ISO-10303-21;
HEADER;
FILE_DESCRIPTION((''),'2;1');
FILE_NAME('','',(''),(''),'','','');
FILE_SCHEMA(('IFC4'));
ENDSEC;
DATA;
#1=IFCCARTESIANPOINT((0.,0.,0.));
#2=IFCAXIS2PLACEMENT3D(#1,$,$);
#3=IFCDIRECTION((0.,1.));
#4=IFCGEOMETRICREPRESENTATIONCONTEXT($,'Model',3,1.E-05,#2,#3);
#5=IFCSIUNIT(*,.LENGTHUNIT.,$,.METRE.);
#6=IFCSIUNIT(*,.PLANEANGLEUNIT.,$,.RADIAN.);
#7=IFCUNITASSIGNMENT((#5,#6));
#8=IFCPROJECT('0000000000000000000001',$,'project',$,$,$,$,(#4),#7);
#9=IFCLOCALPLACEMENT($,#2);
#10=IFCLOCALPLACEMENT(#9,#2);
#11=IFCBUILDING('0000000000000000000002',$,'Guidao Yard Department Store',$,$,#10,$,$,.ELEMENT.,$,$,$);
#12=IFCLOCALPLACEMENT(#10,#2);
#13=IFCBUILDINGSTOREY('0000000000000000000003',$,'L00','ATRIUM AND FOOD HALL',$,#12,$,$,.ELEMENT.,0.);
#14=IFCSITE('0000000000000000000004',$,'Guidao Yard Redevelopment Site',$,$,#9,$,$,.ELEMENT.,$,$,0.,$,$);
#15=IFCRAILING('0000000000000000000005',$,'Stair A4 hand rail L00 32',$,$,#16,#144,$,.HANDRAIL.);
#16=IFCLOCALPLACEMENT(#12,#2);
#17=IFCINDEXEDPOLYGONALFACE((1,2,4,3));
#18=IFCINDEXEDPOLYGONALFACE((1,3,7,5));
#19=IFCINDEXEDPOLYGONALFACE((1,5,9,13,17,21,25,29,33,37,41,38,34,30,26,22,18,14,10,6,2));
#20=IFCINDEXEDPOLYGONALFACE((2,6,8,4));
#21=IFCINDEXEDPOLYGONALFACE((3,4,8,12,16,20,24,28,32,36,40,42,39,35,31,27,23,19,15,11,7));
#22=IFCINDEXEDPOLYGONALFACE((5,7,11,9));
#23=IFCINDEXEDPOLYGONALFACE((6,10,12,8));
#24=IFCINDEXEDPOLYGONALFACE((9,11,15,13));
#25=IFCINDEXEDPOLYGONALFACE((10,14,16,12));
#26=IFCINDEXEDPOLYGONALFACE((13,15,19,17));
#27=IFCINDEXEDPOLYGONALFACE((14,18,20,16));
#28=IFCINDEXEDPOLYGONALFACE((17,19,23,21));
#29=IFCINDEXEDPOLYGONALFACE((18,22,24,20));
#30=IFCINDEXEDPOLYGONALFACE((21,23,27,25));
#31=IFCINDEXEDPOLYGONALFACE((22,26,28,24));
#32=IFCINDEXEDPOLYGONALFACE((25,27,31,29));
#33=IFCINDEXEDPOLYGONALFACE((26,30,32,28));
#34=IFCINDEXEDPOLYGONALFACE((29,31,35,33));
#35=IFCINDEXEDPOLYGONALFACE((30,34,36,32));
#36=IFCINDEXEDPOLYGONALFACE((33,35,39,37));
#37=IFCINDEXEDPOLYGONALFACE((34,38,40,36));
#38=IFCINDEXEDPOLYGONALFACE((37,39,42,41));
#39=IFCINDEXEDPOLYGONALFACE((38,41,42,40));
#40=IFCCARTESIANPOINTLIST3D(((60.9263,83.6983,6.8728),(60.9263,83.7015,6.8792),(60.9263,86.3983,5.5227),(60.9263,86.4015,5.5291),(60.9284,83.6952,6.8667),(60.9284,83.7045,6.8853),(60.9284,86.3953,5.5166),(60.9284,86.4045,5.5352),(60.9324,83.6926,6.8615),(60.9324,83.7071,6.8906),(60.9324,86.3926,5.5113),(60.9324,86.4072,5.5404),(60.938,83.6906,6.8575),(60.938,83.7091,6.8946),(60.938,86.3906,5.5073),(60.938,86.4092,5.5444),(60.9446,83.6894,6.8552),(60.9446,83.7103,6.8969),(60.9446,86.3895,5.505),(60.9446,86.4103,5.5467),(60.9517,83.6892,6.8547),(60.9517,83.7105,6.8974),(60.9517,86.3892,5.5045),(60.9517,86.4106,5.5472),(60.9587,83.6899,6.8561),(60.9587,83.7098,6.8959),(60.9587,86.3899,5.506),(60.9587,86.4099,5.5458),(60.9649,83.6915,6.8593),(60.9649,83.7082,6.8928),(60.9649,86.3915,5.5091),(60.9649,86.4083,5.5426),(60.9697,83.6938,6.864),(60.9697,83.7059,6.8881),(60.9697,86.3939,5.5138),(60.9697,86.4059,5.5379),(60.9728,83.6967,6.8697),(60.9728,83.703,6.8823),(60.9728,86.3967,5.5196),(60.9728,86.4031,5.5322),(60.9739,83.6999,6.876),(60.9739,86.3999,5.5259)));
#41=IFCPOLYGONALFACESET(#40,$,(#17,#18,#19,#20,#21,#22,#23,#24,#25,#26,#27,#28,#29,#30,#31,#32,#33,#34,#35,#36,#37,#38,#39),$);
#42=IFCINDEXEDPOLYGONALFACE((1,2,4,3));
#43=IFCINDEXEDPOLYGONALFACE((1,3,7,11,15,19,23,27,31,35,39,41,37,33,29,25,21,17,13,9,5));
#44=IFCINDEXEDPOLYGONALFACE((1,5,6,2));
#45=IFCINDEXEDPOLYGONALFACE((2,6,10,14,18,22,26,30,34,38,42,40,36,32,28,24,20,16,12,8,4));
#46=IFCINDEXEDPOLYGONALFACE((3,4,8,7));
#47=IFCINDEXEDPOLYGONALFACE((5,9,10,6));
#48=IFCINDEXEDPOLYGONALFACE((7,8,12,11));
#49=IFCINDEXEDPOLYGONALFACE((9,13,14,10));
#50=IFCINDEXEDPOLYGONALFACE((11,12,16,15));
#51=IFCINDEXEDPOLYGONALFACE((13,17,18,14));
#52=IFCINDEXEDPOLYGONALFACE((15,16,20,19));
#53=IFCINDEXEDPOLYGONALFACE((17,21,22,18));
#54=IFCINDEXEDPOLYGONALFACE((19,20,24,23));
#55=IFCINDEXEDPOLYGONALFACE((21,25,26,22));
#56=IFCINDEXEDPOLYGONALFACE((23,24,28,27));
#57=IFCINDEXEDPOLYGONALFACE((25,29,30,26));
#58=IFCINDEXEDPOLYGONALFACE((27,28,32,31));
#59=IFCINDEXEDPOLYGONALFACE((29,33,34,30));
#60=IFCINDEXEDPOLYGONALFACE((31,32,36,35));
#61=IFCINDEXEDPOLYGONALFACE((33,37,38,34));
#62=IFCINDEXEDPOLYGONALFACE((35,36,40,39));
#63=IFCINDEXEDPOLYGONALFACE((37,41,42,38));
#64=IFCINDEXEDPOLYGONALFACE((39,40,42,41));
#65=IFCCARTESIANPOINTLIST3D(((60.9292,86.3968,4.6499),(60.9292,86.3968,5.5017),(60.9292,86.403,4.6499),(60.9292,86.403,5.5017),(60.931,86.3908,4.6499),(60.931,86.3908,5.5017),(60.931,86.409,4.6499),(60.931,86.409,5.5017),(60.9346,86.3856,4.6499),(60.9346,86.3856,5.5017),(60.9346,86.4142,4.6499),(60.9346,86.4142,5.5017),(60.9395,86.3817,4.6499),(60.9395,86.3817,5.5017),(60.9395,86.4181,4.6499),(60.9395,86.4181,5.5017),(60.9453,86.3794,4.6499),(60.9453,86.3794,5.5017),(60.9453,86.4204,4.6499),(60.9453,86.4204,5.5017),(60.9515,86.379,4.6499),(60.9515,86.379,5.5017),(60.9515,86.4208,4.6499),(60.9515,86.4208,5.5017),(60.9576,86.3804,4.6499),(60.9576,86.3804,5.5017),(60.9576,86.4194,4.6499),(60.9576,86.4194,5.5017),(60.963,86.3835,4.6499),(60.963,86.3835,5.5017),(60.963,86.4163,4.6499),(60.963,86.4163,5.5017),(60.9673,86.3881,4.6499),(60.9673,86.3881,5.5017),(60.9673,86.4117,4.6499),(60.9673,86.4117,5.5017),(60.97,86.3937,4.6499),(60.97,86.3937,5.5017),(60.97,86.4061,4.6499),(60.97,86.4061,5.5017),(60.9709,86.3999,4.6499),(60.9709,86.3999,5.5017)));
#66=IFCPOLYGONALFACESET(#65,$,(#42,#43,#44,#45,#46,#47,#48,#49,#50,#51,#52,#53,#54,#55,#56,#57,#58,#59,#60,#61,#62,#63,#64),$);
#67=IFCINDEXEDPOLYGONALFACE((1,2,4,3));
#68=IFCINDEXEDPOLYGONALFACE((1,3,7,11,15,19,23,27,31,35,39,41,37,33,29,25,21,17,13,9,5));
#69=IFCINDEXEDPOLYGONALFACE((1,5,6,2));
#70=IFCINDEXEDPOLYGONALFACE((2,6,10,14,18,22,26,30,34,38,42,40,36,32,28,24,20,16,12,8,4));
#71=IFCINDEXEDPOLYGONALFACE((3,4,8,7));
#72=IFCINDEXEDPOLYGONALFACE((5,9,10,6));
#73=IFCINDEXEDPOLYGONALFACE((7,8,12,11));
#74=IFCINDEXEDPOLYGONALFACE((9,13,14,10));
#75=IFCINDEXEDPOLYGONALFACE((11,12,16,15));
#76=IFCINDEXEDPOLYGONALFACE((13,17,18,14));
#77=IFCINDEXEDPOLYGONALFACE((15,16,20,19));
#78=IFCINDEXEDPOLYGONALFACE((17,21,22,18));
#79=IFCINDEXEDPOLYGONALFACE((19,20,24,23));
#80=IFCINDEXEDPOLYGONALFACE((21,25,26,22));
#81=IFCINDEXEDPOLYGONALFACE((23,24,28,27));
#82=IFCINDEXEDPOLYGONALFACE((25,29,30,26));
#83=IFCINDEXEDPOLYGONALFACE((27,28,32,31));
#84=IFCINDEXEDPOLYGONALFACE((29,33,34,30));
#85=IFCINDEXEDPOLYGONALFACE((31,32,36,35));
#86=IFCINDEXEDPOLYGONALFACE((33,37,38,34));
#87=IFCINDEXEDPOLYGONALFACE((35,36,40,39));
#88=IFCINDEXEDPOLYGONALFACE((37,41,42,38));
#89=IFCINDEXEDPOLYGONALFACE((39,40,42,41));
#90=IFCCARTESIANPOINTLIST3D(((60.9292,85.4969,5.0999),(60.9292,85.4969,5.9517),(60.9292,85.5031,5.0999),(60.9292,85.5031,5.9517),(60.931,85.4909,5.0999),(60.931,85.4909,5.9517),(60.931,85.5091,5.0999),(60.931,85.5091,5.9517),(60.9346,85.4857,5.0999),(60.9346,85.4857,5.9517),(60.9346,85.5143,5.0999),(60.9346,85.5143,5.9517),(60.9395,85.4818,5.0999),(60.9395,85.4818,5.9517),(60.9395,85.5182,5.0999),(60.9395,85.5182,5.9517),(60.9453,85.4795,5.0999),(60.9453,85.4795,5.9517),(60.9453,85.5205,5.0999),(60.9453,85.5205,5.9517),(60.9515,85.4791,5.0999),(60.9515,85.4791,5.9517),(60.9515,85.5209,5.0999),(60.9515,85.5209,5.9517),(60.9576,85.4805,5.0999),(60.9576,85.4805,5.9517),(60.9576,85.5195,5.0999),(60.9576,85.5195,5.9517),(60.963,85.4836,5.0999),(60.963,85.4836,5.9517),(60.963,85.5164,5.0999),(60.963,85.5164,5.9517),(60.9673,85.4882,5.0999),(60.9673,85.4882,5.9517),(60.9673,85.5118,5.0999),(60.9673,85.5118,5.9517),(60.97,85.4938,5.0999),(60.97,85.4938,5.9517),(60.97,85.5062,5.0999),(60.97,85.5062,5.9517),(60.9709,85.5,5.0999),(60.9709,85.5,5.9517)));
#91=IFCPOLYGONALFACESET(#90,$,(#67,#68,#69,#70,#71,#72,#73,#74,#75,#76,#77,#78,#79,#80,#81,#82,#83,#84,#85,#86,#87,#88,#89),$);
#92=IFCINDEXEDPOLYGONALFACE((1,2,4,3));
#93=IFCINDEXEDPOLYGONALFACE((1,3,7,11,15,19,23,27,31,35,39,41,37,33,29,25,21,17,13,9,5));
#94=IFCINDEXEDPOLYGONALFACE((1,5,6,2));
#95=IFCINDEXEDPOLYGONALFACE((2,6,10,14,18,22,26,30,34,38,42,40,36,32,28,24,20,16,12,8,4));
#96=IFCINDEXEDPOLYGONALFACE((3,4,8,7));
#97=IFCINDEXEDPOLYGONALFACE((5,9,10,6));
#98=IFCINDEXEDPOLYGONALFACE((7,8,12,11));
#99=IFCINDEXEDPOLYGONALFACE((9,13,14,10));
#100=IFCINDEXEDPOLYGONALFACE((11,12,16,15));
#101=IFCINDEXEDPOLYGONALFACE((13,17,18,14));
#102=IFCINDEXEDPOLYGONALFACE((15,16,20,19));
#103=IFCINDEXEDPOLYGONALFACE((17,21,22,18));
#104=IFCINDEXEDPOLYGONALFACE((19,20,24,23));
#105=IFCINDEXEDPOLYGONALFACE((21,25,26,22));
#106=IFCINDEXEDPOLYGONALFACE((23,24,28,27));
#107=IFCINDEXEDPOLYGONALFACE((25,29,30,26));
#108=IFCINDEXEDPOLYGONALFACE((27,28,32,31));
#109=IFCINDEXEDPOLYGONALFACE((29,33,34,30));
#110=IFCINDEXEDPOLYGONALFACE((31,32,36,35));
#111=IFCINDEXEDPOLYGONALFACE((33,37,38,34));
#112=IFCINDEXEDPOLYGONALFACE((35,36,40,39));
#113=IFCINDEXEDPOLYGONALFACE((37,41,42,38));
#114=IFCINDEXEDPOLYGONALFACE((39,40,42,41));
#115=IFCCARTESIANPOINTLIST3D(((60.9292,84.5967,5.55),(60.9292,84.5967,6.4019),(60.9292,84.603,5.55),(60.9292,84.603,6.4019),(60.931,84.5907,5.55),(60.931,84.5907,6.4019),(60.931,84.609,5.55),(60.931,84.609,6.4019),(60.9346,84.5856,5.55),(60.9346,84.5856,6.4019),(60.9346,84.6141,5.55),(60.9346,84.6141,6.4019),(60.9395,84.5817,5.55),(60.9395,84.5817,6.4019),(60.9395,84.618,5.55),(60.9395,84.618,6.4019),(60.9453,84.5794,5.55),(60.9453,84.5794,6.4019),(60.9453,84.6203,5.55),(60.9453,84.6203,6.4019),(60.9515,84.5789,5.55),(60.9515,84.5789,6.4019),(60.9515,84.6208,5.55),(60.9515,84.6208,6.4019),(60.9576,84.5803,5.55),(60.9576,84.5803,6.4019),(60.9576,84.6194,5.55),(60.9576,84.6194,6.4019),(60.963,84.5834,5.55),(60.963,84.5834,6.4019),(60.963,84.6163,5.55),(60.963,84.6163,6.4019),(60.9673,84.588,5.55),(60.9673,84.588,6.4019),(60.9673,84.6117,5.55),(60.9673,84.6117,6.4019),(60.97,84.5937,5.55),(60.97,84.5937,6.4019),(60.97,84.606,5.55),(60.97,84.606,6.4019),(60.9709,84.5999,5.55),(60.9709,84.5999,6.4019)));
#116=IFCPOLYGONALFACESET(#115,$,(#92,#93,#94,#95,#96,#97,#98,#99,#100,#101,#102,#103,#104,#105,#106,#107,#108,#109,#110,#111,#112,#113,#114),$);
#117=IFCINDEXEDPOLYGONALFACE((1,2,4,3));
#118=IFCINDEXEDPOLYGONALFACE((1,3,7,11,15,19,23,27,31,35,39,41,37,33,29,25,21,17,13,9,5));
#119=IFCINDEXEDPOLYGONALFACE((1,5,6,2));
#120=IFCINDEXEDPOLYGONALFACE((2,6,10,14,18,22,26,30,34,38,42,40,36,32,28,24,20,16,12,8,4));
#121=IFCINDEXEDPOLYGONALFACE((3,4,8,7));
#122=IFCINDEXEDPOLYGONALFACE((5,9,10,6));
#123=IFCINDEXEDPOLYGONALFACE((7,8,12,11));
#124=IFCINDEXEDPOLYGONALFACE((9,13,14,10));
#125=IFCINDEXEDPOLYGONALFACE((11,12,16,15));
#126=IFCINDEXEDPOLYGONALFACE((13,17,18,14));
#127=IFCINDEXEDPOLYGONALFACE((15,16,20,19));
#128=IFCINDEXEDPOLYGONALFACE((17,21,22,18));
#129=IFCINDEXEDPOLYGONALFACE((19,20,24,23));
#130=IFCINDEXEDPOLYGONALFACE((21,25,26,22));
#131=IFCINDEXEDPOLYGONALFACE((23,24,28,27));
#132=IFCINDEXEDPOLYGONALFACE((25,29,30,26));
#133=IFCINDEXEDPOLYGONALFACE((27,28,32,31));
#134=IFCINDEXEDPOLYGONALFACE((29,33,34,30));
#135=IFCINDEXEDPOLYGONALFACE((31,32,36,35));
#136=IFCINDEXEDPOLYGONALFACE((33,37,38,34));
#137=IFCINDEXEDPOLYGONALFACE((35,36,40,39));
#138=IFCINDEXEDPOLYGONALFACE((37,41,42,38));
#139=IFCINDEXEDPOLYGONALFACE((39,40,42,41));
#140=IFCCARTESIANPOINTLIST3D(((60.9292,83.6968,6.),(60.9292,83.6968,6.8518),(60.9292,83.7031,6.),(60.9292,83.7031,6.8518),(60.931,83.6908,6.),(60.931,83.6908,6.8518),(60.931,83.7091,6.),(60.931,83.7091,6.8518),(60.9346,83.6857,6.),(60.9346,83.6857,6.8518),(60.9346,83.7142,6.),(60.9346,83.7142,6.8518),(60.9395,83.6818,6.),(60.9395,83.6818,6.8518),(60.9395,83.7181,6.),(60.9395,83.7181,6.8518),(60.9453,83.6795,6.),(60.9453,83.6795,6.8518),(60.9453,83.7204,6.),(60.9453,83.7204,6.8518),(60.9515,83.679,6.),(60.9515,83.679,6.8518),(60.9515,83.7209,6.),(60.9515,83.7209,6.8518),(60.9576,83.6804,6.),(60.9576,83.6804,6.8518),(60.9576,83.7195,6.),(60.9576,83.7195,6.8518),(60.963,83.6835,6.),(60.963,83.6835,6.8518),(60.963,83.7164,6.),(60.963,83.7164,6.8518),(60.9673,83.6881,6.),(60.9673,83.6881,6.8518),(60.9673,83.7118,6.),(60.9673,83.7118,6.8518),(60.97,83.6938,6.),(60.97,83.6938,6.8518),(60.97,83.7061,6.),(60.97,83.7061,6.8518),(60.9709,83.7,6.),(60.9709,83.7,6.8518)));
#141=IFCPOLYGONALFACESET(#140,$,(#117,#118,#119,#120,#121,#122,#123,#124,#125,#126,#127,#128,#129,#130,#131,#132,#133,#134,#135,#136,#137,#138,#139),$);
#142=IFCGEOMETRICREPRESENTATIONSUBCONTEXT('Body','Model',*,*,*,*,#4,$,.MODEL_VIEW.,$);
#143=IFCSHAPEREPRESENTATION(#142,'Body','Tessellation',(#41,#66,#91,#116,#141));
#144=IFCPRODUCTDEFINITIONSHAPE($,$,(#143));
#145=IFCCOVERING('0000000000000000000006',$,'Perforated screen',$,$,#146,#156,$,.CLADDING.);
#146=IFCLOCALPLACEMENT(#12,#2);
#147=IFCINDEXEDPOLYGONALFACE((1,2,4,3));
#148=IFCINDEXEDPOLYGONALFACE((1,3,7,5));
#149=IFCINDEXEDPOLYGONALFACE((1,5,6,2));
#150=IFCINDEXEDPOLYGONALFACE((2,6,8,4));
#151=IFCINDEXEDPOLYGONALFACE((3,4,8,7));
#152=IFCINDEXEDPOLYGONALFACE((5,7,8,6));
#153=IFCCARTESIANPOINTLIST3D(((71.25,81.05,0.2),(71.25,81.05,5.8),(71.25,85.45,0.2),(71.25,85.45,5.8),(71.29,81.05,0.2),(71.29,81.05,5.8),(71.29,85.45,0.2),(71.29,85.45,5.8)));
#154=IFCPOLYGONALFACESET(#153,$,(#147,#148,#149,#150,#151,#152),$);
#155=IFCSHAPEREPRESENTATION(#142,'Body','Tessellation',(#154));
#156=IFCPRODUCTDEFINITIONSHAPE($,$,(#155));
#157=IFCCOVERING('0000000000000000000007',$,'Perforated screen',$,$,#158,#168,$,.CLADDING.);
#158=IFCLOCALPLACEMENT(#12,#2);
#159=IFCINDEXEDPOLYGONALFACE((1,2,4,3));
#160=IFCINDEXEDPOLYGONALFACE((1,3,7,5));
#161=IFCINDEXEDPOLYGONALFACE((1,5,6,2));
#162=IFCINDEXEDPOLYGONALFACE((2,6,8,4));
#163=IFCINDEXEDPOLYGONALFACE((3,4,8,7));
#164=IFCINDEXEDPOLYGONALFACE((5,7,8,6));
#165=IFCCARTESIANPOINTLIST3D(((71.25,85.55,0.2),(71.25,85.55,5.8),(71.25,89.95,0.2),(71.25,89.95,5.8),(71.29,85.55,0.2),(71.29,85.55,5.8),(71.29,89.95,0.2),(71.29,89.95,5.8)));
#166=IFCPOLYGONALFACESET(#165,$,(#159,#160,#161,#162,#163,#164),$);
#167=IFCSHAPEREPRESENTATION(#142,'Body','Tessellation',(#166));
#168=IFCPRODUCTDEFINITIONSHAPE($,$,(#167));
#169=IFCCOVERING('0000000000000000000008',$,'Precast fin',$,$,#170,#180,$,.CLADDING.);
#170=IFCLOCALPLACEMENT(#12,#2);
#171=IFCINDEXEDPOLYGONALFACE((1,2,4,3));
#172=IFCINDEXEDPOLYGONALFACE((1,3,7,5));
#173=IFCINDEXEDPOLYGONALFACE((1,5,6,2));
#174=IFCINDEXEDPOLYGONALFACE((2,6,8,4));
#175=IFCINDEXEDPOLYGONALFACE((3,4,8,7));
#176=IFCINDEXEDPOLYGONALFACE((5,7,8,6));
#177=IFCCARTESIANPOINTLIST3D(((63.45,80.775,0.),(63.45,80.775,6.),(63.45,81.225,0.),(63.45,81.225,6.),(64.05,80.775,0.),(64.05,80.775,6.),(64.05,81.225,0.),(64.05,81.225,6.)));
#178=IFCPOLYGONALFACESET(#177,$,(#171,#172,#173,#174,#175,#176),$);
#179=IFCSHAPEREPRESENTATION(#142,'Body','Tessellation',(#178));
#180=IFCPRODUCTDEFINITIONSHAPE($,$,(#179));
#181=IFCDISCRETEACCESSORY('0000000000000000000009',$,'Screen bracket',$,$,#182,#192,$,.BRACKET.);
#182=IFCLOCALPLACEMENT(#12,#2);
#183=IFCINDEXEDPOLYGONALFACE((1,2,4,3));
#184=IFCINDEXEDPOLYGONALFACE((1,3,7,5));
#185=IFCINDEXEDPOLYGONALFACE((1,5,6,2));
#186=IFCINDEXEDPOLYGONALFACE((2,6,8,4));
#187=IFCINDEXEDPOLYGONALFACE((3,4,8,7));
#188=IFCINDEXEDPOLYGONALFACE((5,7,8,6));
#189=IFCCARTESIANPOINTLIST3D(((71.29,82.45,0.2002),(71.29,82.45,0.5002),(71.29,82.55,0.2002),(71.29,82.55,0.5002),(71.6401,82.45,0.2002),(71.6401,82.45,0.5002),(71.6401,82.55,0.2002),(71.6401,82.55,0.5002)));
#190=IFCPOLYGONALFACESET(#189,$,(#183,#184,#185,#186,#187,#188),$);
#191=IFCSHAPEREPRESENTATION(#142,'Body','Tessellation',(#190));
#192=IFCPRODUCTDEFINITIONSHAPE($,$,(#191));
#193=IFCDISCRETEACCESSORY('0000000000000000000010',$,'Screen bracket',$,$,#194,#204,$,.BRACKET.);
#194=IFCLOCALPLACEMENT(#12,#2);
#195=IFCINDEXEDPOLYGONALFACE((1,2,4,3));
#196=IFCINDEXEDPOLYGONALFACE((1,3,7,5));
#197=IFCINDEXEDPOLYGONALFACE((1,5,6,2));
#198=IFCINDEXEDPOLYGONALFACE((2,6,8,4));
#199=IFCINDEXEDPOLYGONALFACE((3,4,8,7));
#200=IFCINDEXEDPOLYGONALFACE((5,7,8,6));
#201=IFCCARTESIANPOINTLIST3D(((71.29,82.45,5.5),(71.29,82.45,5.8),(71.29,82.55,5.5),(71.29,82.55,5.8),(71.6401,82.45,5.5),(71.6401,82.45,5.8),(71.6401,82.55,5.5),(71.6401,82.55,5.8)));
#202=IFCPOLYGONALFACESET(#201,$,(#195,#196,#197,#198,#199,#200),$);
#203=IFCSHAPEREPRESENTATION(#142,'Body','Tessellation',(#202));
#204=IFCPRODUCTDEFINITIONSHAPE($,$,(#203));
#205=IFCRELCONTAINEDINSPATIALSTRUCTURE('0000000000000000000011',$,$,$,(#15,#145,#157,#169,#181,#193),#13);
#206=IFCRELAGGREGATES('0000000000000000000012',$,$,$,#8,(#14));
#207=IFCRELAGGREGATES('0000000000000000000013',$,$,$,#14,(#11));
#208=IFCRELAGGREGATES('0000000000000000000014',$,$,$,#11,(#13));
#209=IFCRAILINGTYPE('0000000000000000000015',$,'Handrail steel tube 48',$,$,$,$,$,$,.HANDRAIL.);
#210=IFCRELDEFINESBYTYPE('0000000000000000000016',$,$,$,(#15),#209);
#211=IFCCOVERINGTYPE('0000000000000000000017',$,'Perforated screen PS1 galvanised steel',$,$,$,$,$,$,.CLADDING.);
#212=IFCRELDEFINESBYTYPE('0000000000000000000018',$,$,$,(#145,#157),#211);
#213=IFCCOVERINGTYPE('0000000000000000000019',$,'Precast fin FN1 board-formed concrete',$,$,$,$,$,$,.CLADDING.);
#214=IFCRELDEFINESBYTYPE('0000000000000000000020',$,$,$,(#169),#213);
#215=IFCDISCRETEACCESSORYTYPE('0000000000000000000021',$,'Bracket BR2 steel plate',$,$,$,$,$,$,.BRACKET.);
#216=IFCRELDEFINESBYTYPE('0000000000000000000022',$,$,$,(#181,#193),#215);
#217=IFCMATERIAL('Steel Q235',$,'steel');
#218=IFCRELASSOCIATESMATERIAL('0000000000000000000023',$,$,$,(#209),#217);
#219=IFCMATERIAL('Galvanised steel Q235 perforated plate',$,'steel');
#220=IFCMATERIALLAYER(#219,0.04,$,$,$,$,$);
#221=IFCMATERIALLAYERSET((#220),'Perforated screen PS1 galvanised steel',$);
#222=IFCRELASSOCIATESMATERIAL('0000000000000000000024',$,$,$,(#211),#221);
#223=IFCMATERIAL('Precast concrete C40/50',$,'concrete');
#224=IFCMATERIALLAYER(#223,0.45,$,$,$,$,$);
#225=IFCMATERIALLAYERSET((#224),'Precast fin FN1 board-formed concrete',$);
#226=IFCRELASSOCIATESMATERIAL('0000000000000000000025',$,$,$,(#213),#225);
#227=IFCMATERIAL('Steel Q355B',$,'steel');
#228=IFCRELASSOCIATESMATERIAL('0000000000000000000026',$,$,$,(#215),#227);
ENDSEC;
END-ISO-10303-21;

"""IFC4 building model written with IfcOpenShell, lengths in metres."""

from ifc_helpers import new_model, si_unit, direction, frame, origin, origin_2d, place, context, subcontext, project, spatial, rectangle, circle, extrude, material, layer, layer_set, type_object, element, save


model = new_model("IFC4")

# Units and contexts
model_context = context("Model", 3, precision=1e-05, world=origin(), true_north=direction((0.0, 1.0)))
body_context = subcontext(model_context, "Body", "Model", "MODEL_VIEW")
ifc_project = project(units=[si_unit("LENGTHUNIT", "METRE"), si_unit("PLANEANGLEUNIT", "RADIAN")], contexts=[model_context])

# Site, building, storey
site_placement = place(None, origin())
site = spatial("IfcSite", under=ifc_project, at=site_placement, Name="Guidao Yard Redevelopment Site", CompositionType="ELEMENT", RefElevation=0.0)
building_placement = place(site_placement, origin())
building = spatial("IfcBuilding", under=site, at=building_placement, Name="Guidao Yard Department Store", CompositionType="ELEMENT")
storey_placement = place(building_placement, origin())
storey = spatial("IfcBuildingStorey", under=building, at=storey_placement, Name="L00", Description="ATRIUM AND FOOD HALL", CompositionType="ELEMENT", Elevation=0.0)

# Railing
ifc_material_1 = material(Name="Steel Q235", Category="steel")
railing_type = type_object("IfcRailingType", Name="Handrail steel tube 48", PredefinedType="HANDRAIL", material=ifc_material_1)
for number, where, name in (
    (1, (60.95, 86.3999, 4.6499), "Stair A4 hand rail L00 32"),
):
    element("IfcRailing", number, at=place(storey_placement, frame(where)), inside=storey, type_object=railing_type, Name=name, PredefinedType="HANDRAIL", context=body_context, shape_type="SweptSolid", body=[
        extrude(circle(Radius=0.0239, at=origin_2d()), frame((0.0, 0.0, 0.876), z_axis=(0.0, -0.894411, 0.447246), x_axis=(1.0, 0.0, 0.0)), (0.0, 0.0, 1.0), 3.0188),
        extrude(circle(Radius=0.021, at=origin_2d()), origin(), (0.0, 0.0, 1.0), 0.8518),
        extrude(circle(Radius=0.021, at=origin_2d()), frame((0.0, -0.8999, 0.45)), (0.0, 0.0, 1.0), 0.8518),
        extrude(circle(Radius=0.021, at=origin_2d()), frame((0.0, -1.8, 0.9001)), (0.0, 0.0, 1.0), 0.8518),
        extrude(circle(Radius=0.021, at=origin_2d()), frame((0.0, -2.7, 1.3501)), (0.0, 0.0, 1.0), 0.8518),
    ])

# Coverings
ifc_material_2 = material(Name="Galvanised steel Q235 perforated plate", Category="steel")
ifc_layer_1 = layer(ifc_material_2, 0.04)
ifc_layer_set_1 = layer_set([ifc_layer_1], Name="Perforated screen PS1 galvanised steel")
covering_type_1 = type_object("IfcCoveringType", Name="Perforated screen PS1 galvanised steel", PredefinedType="CLADDING", material=ifc_layer_set_1)
for number, where, z_axis, x_axis, name in (
    (2, (71.27, 83.25, 0.2), (0.0, 0.0, 1.0), (0.0, 1.0, 0.0), "Perforated screen"),
    (3, (71.27, 87.75, 0.2), (0.0, 0.0, 1.0), (0.0, 1.0, 0.0), "Perforated screen"),
):
    element("IfcCovering", number, at=place(storey_placement, frame(where, z_axis=z_axis, x_axis=x_axis)), inside=storey, type_object=covering_type_1, Name=name, PredefinedType="CLADDING", context=body_context, shape_type="SweptSolid", body=[
        extrude(rectangle(XDim=4.3999, YDim=0.04, at=origin_2d()), origin(), (0.0, 0.0, 1.0), 5.6001),
    ])
ifc_material_3 = material(Name="Precast concrete C40/50", Category="concrete")
ifc_layer_2 = layer(ifc_material_3, 0.45)
ifc_layer_set_2 = layer_set([ifc_layer_2], Name="Precast fin FN1 board-formed concrete")
covering_type_2 = type_object("IfcCoveringType", Name="Precast fin FN1 board-formed concrete", PredefinedType="CLADDING", material=ifc_layer_set_2)
covering_placement = place(storey_placement, frame((63.75, 81.0, 0.0), z_axis=(0.0, 0.0, 1.0), x_axis=(0.0, -1.0, 0.0)))
element("IfcCovering", 4, at=covering_placement, inside=storey, type_object=covering_type_2, Name="Precast fin", PredefinedType="CLADDING", context=body_context, shape_type="SweptSolid", body=[
    extrude(rectangle(XDim=0.45, YDim=0.6001, at=origin_2d()), origin(), (0.0, 0.0, 1.0), 6.0),
])

# Discrete accessories
ifc_material_4 = material(Name="Steel Q355B", Category="steel")
discrete_accessory_type = type_object("IfcDiscreteAccessoryType", Name="Bracket BR2 steel plate", PredefinedType="BRACKET", material=ifc_material_4)
for number, where, z_axis, x_axis, name in (
    (5, (71.4651, 82.5, 0.2002), (0.0, 0.0, 1.0), (0.0, 1.0, 0.0), "Screen bracket"),
    (6, (71.4651, 82.5, 5.5), (0.0, 0.0, 1.0), (0.0, 1.0, 0.0), "Screen bracket"),
):
    element("IfcDiscreteAccessory", number, at=place(storey_placement, frame(where, z_axis=z_axis, x_axis=x_axis)), inside=storey, type_object=discrete_accessory_type, Name=name, PredefinedType="BRACKET", context=body_context, shape_type="SweptSolid", body=[
        extrude(rectangle(XDim=0.1001, YDim=0.3501, at=origin_2d()), origin(), (0.0, 0.0, 1.0), 0.3),
    ])

save(model, "model.ifc")
